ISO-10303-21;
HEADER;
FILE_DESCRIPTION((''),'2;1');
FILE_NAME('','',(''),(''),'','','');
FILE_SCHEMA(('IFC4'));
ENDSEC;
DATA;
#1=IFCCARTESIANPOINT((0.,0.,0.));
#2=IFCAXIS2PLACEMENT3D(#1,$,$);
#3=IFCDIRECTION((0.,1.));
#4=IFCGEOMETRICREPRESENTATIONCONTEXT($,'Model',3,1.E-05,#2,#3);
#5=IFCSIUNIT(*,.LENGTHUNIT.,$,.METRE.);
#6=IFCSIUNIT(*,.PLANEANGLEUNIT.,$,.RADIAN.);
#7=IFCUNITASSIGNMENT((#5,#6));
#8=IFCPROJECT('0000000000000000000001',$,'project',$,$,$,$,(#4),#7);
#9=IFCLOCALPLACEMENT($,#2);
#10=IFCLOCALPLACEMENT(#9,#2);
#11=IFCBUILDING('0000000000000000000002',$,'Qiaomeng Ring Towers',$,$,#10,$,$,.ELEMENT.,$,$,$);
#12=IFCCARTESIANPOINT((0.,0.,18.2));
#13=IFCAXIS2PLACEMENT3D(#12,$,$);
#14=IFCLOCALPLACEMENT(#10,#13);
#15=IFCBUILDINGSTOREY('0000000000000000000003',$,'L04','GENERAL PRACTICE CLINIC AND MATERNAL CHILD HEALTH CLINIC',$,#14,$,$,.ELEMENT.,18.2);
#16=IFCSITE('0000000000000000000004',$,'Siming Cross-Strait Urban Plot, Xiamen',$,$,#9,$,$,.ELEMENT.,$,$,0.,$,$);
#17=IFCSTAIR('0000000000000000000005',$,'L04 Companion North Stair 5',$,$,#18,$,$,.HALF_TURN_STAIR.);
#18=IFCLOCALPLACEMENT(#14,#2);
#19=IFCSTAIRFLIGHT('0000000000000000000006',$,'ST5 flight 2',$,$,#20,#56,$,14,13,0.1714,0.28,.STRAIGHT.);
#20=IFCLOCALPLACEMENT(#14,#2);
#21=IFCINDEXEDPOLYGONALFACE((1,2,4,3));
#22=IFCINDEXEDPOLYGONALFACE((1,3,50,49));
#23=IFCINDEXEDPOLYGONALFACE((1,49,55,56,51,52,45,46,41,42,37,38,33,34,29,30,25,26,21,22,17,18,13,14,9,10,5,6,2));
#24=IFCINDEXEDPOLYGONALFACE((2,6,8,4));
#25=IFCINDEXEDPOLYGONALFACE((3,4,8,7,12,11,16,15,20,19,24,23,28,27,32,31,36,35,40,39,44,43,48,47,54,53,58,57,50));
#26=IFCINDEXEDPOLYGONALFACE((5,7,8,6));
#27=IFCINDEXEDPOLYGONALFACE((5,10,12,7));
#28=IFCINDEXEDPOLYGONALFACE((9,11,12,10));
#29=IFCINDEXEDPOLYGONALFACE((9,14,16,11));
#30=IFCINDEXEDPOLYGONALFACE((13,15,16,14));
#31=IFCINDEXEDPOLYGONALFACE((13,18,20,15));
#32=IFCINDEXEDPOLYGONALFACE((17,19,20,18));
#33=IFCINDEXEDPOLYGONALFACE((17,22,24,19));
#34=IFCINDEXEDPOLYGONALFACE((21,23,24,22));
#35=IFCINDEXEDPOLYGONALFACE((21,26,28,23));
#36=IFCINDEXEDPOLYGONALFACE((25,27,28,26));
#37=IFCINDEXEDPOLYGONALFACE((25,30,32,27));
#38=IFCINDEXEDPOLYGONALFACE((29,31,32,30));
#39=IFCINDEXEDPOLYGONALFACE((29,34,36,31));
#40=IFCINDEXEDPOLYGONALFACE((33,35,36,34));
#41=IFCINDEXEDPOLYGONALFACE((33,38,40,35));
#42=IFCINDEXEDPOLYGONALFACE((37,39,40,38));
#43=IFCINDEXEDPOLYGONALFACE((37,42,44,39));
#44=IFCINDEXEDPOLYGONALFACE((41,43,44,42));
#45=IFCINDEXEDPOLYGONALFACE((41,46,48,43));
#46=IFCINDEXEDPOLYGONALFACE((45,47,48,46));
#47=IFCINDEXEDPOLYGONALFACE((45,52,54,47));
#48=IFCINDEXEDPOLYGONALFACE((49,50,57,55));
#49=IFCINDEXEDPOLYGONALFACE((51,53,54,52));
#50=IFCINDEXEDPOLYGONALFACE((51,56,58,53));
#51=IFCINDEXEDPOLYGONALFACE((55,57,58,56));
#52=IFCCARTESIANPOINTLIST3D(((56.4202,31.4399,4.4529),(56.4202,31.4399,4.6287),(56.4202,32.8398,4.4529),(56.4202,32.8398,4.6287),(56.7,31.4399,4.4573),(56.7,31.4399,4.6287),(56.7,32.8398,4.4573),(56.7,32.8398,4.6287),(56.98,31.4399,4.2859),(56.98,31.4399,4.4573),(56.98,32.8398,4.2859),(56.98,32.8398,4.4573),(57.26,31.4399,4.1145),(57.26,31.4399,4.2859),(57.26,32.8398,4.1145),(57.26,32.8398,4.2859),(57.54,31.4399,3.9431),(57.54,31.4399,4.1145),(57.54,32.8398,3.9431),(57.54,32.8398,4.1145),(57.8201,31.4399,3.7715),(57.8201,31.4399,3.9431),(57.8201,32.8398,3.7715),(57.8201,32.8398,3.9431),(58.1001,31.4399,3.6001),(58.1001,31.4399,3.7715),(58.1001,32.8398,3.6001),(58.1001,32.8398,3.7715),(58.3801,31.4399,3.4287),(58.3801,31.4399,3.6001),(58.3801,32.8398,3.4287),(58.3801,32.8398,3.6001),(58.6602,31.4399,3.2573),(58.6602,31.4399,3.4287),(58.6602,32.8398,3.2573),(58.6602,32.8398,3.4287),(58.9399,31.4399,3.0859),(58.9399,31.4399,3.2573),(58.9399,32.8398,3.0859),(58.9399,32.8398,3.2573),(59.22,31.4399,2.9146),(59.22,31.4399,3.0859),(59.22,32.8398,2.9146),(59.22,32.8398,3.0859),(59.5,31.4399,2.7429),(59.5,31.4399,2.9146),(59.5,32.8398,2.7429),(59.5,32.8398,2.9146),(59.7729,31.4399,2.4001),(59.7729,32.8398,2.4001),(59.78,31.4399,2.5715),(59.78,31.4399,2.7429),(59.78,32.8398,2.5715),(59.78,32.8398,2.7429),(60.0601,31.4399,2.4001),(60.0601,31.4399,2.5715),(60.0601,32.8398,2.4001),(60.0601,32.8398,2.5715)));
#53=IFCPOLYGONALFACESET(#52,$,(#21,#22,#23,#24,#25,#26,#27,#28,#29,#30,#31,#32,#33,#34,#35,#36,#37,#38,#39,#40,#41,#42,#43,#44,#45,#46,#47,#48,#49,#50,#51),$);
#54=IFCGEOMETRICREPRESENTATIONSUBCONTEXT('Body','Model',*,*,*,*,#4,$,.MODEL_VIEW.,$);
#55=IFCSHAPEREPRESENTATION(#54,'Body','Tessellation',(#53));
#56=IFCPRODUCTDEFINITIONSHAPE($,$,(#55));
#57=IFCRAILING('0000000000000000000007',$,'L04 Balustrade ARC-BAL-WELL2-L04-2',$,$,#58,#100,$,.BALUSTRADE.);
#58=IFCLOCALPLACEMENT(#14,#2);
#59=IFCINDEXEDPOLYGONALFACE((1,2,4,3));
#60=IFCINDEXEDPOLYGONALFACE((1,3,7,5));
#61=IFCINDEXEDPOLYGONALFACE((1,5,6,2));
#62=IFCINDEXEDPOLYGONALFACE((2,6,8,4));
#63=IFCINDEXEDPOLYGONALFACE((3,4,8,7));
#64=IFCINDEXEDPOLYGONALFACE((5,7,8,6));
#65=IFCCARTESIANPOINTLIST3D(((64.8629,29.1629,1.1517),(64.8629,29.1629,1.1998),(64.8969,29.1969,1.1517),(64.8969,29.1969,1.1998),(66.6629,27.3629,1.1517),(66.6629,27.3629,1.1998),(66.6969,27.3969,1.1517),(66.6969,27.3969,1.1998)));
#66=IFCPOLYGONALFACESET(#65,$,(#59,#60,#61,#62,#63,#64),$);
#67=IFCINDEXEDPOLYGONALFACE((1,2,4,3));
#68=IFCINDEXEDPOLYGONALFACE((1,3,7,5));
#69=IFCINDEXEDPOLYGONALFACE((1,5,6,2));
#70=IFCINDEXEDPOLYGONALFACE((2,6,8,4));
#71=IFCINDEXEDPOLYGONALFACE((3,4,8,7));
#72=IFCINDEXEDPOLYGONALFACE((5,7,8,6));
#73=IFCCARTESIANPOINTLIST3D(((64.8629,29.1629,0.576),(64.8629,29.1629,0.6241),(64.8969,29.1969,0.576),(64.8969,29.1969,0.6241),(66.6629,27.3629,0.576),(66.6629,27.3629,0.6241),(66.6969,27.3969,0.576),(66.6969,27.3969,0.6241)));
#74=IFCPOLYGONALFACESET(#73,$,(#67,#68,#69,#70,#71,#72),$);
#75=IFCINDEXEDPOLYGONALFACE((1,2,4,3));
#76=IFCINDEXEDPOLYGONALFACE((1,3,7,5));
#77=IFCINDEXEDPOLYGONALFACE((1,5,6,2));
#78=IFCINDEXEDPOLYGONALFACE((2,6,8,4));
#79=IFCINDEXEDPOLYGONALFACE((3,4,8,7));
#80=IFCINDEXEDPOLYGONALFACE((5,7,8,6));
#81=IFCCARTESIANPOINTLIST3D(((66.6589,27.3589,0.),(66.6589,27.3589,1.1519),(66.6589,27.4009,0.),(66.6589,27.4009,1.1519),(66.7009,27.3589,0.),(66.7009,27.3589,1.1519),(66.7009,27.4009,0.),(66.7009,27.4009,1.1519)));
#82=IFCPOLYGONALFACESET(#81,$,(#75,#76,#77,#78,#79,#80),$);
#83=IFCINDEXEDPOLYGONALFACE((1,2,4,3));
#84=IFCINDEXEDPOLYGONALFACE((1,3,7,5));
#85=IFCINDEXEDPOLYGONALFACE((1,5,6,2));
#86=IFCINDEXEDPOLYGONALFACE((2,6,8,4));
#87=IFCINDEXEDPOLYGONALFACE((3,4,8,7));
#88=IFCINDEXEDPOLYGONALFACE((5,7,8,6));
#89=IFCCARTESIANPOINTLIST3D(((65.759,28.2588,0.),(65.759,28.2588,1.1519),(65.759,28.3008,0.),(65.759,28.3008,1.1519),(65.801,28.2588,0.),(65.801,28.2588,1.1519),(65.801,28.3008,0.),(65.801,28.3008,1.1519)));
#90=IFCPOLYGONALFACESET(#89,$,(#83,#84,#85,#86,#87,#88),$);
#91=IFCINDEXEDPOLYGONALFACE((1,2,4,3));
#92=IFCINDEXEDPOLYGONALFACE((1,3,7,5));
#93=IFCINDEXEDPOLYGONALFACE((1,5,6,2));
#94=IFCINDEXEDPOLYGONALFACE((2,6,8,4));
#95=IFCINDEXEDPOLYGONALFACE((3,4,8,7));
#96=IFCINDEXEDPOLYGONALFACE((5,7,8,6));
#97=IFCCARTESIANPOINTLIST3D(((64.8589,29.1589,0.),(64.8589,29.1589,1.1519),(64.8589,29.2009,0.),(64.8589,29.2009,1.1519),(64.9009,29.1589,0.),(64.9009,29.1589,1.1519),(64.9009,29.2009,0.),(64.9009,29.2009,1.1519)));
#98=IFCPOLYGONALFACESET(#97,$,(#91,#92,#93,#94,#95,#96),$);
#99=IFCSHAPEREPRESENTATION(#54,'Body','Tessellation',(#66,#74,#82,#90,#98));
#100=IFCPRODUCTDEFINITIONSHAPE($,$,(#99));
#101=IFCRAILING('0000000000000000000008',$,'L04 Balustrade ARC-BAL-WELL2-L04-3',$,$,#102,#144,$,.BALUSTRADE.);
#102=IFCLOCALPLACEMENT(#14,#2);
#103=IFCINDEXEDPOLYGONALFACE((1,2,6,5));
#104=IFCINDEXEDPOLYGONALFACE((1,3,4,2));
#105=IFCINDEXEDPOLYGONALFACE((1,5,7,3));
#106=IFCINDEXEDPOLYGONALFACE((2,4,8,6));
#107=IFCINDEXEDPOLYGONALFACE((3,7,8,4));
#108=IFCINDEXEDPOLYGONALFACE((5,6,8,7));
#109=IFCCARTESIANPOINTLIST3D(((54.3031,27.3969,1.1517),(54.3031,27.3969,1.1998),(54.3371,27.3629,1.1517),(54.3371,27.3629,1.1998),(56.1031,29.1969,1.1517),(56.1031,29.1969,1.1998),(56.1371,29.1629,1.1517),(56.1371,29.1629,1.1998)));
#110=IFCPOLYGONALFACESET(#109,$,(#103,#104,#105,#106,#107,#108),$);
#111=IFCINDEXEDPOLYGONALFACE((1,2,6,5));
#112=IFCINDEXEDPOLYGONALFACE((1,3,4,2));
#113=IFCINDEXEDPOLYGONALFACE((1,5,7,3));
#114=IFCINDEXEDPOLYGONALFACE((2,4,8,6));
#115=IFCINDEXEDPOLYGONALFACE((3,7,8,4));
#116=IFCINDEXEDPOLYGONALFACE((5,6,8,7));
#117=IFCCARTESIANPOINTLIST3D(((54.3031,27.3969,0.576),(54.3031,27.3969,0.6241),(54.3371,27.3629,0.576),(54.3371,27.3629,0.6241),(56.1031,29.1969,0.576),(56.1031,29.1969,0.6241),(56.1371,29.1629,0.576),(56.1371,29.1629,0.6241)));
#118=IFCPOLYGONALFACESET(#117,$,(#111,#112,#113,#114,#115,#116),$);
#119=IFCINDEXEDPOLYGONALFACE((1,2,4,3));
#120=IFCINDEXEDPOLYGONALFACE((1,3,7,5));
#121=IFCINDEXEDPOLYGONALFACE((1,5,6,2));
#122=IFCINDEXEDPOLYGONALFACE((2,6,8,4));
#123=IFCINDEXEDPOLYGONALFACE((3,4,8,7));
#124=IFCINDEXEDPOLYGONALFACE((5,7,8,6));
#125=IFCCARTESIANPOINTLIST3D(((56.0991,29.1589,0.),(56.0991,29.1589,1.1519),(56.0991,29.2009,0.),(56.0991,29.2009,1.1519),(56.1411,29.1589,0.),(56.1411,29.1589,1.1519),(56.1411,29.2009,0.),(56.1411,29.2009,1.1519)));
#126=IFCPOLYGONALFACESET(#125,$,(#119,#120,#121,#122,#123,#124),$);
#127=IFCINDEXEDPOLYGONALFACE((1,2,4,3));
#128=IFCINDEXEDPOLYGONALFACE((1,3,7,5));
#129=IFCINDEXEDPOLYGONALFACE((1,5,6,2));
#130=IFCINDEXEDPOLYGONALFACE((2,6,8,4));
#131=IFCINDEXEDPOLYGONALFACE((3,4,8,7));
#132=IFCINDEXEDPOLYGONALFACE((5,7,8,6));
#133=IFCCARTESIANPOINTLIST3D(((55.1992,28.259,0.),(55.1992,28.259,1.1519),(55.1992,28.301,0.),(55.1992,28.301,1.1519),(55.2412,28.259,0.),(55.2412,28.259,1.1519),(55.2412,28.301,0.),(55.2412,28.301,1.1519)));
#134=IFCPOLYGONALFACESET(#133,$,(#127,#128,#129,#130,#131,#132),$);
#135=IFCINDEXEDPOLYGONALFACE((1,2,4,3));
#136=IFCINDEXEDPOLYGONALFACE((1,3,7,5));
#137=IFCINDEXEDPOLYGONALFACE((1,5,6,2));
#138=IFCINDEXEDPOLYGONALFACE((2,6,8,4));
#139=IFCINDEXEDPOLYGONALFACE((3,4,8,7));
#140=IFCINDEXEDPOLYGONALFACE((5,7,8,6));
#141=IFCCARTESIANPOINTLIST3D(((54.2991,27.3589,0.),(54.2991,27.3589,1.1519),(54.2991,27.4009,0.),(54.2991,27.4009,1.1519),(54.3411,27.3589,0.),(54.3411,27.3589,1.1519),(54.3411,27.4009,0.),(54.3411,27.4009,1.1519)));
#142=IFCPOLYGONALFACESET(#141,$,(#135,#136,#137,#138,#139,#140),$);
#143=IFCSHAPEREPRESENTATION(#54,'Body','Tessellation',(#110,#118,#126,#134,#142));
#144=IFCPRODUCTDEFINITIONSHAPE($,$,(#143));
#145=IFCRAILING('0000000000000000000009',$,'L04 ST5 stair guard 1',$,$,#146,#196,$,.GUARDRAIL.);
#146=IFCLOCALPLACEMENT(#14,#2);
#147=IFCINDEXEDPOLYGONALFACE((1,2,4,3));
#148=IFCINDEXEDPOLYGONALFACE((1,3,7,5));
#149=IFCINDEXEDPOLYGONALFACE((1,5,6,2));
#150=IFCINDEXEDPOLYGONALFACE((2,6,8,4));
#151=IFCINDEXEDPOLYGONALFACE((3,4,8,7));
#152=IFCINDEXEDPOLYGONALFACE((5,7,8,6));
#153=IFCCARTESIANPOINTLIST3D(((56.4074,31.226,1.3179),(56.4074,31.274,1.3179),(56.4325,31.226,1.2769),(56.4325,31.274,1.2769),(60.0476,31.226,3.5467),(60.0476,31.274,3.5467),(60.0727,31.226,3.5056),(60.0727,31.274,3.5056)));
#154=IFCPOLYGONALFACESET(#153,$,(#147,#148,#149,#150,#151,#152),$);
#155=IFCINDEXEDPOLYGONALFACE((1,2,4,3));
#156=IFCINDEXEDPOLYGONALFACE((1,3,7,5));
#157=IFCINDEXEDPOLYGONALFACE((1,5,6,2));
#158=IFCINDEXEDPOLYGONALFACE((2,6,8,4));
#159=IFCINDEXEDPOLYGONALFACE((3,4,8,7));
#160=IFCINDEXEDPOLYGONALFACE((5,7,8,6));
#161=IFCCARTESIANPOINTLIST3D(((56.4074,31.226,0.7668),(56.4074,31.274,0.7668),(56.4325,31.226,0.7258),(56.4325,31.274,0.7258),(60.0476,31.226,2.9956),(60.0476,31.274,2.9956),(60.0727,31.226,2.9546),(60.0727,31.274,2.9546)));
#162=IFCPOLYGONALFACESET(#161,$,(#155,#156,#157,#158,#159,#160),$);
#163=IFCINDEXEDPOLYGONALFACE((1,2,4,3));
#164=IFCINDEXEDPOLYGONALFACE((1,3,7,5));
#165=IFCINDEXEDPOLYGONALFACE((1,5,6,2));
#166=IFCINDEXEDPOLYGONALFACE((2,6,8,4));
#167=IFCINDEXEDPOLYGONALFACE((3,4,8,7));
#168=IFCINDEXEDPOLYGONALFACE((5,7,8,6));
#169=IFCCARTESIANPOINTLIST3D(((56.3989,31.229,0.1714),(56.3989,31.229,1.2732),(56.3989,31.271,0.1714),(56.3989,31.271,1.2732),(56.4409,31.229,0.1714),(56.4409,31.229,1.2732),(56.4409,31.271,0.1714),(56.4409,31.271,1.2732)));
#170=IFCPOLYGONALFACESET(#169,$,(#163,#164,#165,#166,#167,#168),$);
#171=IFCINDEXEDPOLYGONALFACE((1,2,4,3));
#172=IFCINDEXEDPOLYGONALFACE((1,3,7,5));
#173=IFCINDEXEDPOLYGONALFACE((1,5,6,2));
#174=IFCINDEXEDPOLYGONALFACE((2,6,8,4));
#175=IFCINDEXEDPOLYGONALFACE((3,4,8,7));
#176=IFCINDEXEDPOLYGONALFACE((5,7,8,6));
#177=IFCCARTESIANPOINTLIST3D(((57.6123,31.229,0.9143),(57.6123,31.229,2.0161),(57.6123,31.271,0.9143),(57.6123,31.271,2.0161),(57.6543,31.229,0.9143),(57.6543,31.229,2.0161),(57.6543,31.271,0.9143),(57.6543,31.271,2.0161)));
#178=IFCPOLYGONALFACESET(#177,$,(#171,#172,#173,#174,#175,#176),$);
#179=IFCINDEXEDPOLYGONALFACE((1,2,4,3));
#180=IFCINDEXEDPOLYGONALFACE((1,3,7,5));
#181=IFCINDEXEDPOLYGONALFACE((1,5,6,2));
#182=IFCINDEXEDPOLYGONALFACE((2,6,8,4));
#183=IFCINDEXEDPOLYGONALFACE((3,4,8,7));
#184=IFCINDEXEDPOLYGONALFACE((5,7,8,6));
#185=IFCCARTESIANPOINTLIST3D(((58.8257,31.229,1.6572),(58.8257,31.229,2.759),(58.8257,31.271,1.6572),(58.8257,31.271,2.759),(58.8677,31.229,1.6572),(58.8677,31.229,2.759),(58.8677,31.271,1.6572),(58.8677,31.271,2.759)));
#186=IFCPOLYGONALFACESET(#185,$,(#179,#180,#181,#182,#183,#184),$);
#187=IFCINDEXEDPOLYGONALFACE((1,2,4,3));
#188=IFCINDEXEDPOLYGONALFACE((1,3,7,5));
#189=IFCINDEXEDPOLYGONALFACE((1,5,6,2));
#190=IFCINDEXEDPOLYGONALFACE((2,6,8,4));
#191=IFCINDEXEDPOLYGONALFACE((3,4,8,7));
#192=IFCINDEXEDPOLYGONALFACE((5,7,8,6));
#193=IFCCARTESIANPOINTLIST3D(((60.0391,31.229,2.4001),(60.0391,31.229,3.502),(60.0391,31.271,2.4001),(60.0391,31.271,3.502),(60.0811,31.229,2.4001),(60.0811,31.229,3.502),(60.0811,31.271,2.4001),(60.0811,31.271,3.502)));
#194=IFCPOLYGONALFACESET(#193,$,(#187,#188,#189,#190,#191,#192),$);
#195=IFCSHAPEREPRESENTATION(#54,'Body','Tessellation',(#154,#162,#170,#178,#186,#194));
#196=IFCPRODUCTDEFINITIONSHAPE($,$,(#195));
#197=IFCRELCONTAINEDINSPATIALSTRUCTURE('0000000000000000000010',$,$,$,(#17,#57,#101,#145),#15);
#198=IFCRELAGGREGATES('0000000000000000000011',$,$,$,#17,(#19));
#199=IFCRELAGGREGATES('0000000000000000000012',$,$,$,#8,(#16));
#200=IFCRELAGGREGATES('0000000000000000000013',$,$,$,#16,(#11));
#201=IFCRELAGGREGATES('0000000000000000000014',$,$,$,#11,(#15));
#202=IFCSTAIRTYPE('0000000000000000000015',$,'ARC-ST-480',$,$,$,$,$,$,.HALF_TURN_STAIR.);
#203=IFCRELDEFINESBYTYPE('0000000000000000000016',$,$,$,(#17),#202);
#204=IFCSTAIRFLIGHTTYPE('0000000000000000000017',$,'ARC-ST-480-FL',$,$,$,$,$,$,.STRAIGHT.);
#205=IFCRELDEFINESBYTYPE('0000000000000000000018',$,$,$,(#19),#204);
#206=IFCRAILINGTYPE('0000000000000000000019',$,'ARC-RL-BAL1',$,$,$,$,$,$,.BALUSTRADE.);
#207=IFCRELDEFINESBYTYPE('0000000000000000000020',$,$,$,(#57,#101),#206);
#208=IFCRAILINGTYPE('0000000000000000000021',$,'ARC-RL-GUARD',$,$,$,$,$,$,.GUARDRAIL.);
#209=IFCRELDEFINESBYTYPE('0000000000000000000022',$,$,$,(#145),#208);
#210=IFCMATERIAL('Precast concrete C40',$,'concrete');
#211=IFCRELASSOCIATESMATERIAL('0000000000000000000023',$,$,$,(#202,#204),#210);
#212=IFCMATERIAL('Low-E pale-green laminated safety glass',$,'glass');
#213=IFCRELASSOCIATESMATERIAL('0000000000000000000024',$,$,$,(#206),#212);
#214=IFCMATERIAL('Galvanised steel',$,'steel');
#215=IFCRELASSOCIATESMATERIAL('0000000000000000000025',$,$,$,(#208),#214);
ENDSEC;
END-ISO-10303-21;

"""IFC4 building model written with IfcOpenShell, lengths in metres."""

from ifc_helpers import new_model, si_unit, direction, frame, origin, origin_2d, place, context, subcontext, project, spatial, polyline, rectangle, outline, extrude, source, transform, mapped, material, type_object, element, aggregate, save


model = new_model("IFC4")

# Units and contexts
model_context = context("Model", 3, precision=1e-05, world=origin(), true_north=direction((0.0, 1.0)))
body_context = subcontext(model_context, "Body", "Model", "MODEL_VIEW")
ifc_project = project(units=[si_unit("LENGTHUNIT", "METRE"), si_unit("PLANEANGLEUNIT", "RADIAN")], contexts=[model_context])

# Site, building, storey
site_placement = place(None, origin())
site = spatial("IfcSite", under=ifc_project, at=site_placement, Name="Siming Cross-Strait Urban Plot, Xiamen", CompositionType="ELEMENT", RefElevation=0.0)
building_placement = place(site_placement, origin())
building = spatial("IfcBuilding", under=site, at=building_placement, Name="Qiaomeng Ring Towers", CompositionType="ELEMENT")
storey_placement = place(building_placement, frame((0.0, 0.0, 18.2)))
storey = spatial("IfcBuildingStorey", under=building, at=storey_placement, Name="L04", Description="GENERAL PRACTICE CLINIC AND MATERNAL CHILD HEALTH CLINIC", CompositionType="ELEMENT", Elevation=18.2)

# Shared definitions
ifc_material_1 = material(Name="Galvanised steel", Category="steel")

# Stair, stair flight
ifc_material_2 = material(Name="Precast concrete C40", Category="concrete")
stair_type = type_object("IfcStairType", Name="ARC-ST-480", PredefinedType="HALF_TURN_STAIR", material=ifc_material_2)
stair_placement = place(storey_placement, origin())
stair = element("IfcStair", 1, at=stair_placement, inside=storey, type_object=stair_type, Name="L04 Companion North Stair 5", PredefinedType="HALF_TURN_STAIR")
stair_flight_type = type_object("IfcStairFlightType", Name="ARC-ST-480-FL", PredefinedType="STRAIGHT", material=ifc_material_2)
shared_shape_1 = source(origin(), body_context, "Body", "SweptSolid", [
    extrude(outline(polyline([(0.0, 0.0), (0.0, 0.1714), (0.28, 0.1714), (0.28, 0.3428), (0.5601, 0.3428), (0.5601, 0.5144), (0.8401, 0.5144), (0.8401, 0.6858), (1.1201, 0.6858), (1.1201, 0.8572), (1.3999, 0.8572), (1.3999, 1.0286), (1.6799, 1.0286), (1.6799, 1.2), (1.96, 1.2), (1.96, 1.3713), (2.24, 1.3713), (2.24, 1.543), (2.52, 1.543), (2.52, 1.7144), (2.8, 1.7144), (2.8, 1.8857), (3.0801, 1.8857), (3.0801, 2.0571), (3.3601, 2.0571), (3.3601, 2.2285), (3.6399, 2.2285), (3.6399, 2.3999), (3.6399, 2.0527), (0.2871, 0.0), (0.0, 0.0)])), frame((0.0, 0.7, 0.0), z_axis=(0.0, -1.0, 0.0), x_axis=(1.0, 0.0, 0.0)), (0.0, 0.0, 1.0), 1.3999),
])
stair_flight_1_placement = place(storey_placement, frame((60.0601, 32.1399, 2.4001), z_axis=(0.0, 0.0, 1.0), x_axis=(-1.0, 0.0, 0.0)))
stair_flight_1 = element("IfcStairFlight", 2, at=stair_flight_1_placement, type_object=stair_flight_type, Name="ST5 flight 2", NumberOfRisers=14, NumberOfTreads=13, PredefinedType="STRAIGHT", RiserHeight=0.1714, TreadLength=0.28, context=body_context, shape_type="MappedRepresentation", body=[
    mapped(shared_shape_1, transform((0.0, 0.0, 0.0), x_axis=(1.0, 0.0, 0.0), y_axis=(0.0, 1.0, 0.0), z_axis=(0.0, 0.0, 1.0), scale=1.0)),
])
aggregate(stair, [stair_flight_1])

# Railings
ifc_material_3 = material(Name="Low-E pale-green laminated safety glass", Category="glass")
railing_type_1 = type_object("IfcRailingType", Name="ARC-RL-BAL1", PredefinedType="BALUSTRADE", material=ifc_material_3)
railing_1_placement = place(storey_placement, frame((66.6799, 27.3799, 0.0)))
element("IfcRailing", 3, at=railing_1_placement, inside=storey, type_object=railing_type_1, Name="L04 Balustrade ARC-BAL-WELL2-L04-2", PredefinedType="BALUSTRADE", context=body_context, shape_type="SweptSolid", body=[
    extrude(rectangle(XDim=0.0481, YDim=0.0481, at=origin_2d()), frame((0.0, 0.0, 1.1758), z_axis=(-0.707107, 0.707107, 0.0), x_axis=(-0.707107, -0.707107, 0.0)), (0.0, 0.0, 1.0), 2.5457),
    extrude(rectangle(XDim=0.0481, YDim=0.0481, at=origin_2d()), frame((0.0, 0.0, 0.6001), z_axis=(-0.707107, 0.707107, 0.0), x_axis=(-0.707107, -0.707107, 0.0)), (0.0, 0.0, 1.0), 2.5457),
    extrude(rectangle(XDim=0.042, YDim=0.042, at=origin_2d()), origin(), (0.0, 0.0, 1.0), 1.1519),
    extrude(rectangle(XDim=0.042, YDim=0.042, at=origin_2d()), frame((-0.8999, 0.8999, 0.0)), (0.0, 0.0, 1.0), 1.1519),
    extrude(rectangle(XDim=0.042, YDim=0.042, at=origin_2d()), frame((-1.8, 1.8, 0.0)), (0.0, 0.0, 1.0), 1.1519),
])
railing_2_placement = place(storey_placement, frame((56.1201, 29.1799, 0.0)))
element("IfcRailing", 4, at=railing_2_placement, inside=storey, type_object=railing_type_1, Name="L04 Balustrade ARC-BAL-WELL2-L04-3", PredefinedType="BALUSTRADE", context=body_context, shape_type="SweptSolid", body=[
    extrude(rectangle(XDim=0.0481, YDim=0.0481, at=origin_2d()), frame((0.0, 0.0, 1.1758), z_axis=(-0.707107, -0.707107, 0.0), x_axis=(0.707107, -0.707107, 0.0)), (0.0, 0.0, 1.0), 2.5457),
    extrude(rectangle(XDim=0.0481, YDim=0.0481, at=origin_2d()), frame((0.0, 0.0, 0.6001), z_axis=(-0.707107, -0.707107, 0.0), x_axis=(0.707107, -0.707107, 0.0)), (0.0, 0.0, 1.0), 2.5457),
    extrude(rectangle(XDim=0.042, YDim=0.042, at=origin_2d()), origin(), (0.0, 0.0, 1.0), 1.1519),
    extrude(rectangle(XDim=0.042, YDim=0.042, at=origin_2d()), frame((-0.8999, -0.8999, 0.0)), (0.0, 0.0, 1.0), 1.1519),
    extrude(rectangle(XDim=0.042, YDim=0.042, at=origin_2d()), frame((-1.8, -1.8, 0.0)), (0.0, 0.0, 1.0), 1.1519),
])
railing_type_2 = type_object("IfcRailingType", Name="ARC-RL-GUARD", PredefinedType="GUARDRAIL", material=ifc_material_1)
railing_3_placement = place(storey_placement, frame((56.4199, 31.25, 0.1714)))
element("IfcRailing", 5, at=railing_3_placement, inside=storey, type_object=railing_type_2, Name="L04 ST5 stair guard 1", PredefinedType="GUARDRAIL", context=body_context, shape_type="SweptSolid", body=[
    extrude(rectangle(XDim=0.0481, YDim=0.0481, at=origin_2d()), frame((0.0, 0.0, 1.126), z_axis=(0.85284, 0.0, 0.522172), x_axis=(0.0, 1.0, 0.0)), (0.0, 0.0, 1.0), 4.2683),
    extrude(rectangle(XDim=0.0481, YDim=0.0481, at=origin_2d()), frame((0.0, 0.0, 0.575), z_axis=(0.85284, 0.0, 0.522172), x_axis=(0.0, 1.0, 0.0)), (0.0, 0.0, 1.0), 4.2683),
    extrude(rectangle(XDim=0.042, YDim=0.042, at=origin_2d()), origin(), (0.0, 0.0, 1.0), 1.1018),
    extrude(rectangle(XDim=0.042, YDim=0.042, at=origin_2d()), frame((1.2134, 0.0, 0.7429)), (0.0, 0.0, 1.0), 1.1018),
    extrude(rectangle(XDim=0.042, YDim=0.042, at=origin_2d()), frame((2.4268, 0.0, 1.4858)), (0.0, 0.0, 1.0), 1.1018),
    extrude(rectangle(XDim=0.042, YDim=0.042, at=origin_2d()), frame((3.6401, 0.0, 2.2288)), (0.0, 0.0, 1.0), 1.1018),
])

save(model, "model.ifc")
